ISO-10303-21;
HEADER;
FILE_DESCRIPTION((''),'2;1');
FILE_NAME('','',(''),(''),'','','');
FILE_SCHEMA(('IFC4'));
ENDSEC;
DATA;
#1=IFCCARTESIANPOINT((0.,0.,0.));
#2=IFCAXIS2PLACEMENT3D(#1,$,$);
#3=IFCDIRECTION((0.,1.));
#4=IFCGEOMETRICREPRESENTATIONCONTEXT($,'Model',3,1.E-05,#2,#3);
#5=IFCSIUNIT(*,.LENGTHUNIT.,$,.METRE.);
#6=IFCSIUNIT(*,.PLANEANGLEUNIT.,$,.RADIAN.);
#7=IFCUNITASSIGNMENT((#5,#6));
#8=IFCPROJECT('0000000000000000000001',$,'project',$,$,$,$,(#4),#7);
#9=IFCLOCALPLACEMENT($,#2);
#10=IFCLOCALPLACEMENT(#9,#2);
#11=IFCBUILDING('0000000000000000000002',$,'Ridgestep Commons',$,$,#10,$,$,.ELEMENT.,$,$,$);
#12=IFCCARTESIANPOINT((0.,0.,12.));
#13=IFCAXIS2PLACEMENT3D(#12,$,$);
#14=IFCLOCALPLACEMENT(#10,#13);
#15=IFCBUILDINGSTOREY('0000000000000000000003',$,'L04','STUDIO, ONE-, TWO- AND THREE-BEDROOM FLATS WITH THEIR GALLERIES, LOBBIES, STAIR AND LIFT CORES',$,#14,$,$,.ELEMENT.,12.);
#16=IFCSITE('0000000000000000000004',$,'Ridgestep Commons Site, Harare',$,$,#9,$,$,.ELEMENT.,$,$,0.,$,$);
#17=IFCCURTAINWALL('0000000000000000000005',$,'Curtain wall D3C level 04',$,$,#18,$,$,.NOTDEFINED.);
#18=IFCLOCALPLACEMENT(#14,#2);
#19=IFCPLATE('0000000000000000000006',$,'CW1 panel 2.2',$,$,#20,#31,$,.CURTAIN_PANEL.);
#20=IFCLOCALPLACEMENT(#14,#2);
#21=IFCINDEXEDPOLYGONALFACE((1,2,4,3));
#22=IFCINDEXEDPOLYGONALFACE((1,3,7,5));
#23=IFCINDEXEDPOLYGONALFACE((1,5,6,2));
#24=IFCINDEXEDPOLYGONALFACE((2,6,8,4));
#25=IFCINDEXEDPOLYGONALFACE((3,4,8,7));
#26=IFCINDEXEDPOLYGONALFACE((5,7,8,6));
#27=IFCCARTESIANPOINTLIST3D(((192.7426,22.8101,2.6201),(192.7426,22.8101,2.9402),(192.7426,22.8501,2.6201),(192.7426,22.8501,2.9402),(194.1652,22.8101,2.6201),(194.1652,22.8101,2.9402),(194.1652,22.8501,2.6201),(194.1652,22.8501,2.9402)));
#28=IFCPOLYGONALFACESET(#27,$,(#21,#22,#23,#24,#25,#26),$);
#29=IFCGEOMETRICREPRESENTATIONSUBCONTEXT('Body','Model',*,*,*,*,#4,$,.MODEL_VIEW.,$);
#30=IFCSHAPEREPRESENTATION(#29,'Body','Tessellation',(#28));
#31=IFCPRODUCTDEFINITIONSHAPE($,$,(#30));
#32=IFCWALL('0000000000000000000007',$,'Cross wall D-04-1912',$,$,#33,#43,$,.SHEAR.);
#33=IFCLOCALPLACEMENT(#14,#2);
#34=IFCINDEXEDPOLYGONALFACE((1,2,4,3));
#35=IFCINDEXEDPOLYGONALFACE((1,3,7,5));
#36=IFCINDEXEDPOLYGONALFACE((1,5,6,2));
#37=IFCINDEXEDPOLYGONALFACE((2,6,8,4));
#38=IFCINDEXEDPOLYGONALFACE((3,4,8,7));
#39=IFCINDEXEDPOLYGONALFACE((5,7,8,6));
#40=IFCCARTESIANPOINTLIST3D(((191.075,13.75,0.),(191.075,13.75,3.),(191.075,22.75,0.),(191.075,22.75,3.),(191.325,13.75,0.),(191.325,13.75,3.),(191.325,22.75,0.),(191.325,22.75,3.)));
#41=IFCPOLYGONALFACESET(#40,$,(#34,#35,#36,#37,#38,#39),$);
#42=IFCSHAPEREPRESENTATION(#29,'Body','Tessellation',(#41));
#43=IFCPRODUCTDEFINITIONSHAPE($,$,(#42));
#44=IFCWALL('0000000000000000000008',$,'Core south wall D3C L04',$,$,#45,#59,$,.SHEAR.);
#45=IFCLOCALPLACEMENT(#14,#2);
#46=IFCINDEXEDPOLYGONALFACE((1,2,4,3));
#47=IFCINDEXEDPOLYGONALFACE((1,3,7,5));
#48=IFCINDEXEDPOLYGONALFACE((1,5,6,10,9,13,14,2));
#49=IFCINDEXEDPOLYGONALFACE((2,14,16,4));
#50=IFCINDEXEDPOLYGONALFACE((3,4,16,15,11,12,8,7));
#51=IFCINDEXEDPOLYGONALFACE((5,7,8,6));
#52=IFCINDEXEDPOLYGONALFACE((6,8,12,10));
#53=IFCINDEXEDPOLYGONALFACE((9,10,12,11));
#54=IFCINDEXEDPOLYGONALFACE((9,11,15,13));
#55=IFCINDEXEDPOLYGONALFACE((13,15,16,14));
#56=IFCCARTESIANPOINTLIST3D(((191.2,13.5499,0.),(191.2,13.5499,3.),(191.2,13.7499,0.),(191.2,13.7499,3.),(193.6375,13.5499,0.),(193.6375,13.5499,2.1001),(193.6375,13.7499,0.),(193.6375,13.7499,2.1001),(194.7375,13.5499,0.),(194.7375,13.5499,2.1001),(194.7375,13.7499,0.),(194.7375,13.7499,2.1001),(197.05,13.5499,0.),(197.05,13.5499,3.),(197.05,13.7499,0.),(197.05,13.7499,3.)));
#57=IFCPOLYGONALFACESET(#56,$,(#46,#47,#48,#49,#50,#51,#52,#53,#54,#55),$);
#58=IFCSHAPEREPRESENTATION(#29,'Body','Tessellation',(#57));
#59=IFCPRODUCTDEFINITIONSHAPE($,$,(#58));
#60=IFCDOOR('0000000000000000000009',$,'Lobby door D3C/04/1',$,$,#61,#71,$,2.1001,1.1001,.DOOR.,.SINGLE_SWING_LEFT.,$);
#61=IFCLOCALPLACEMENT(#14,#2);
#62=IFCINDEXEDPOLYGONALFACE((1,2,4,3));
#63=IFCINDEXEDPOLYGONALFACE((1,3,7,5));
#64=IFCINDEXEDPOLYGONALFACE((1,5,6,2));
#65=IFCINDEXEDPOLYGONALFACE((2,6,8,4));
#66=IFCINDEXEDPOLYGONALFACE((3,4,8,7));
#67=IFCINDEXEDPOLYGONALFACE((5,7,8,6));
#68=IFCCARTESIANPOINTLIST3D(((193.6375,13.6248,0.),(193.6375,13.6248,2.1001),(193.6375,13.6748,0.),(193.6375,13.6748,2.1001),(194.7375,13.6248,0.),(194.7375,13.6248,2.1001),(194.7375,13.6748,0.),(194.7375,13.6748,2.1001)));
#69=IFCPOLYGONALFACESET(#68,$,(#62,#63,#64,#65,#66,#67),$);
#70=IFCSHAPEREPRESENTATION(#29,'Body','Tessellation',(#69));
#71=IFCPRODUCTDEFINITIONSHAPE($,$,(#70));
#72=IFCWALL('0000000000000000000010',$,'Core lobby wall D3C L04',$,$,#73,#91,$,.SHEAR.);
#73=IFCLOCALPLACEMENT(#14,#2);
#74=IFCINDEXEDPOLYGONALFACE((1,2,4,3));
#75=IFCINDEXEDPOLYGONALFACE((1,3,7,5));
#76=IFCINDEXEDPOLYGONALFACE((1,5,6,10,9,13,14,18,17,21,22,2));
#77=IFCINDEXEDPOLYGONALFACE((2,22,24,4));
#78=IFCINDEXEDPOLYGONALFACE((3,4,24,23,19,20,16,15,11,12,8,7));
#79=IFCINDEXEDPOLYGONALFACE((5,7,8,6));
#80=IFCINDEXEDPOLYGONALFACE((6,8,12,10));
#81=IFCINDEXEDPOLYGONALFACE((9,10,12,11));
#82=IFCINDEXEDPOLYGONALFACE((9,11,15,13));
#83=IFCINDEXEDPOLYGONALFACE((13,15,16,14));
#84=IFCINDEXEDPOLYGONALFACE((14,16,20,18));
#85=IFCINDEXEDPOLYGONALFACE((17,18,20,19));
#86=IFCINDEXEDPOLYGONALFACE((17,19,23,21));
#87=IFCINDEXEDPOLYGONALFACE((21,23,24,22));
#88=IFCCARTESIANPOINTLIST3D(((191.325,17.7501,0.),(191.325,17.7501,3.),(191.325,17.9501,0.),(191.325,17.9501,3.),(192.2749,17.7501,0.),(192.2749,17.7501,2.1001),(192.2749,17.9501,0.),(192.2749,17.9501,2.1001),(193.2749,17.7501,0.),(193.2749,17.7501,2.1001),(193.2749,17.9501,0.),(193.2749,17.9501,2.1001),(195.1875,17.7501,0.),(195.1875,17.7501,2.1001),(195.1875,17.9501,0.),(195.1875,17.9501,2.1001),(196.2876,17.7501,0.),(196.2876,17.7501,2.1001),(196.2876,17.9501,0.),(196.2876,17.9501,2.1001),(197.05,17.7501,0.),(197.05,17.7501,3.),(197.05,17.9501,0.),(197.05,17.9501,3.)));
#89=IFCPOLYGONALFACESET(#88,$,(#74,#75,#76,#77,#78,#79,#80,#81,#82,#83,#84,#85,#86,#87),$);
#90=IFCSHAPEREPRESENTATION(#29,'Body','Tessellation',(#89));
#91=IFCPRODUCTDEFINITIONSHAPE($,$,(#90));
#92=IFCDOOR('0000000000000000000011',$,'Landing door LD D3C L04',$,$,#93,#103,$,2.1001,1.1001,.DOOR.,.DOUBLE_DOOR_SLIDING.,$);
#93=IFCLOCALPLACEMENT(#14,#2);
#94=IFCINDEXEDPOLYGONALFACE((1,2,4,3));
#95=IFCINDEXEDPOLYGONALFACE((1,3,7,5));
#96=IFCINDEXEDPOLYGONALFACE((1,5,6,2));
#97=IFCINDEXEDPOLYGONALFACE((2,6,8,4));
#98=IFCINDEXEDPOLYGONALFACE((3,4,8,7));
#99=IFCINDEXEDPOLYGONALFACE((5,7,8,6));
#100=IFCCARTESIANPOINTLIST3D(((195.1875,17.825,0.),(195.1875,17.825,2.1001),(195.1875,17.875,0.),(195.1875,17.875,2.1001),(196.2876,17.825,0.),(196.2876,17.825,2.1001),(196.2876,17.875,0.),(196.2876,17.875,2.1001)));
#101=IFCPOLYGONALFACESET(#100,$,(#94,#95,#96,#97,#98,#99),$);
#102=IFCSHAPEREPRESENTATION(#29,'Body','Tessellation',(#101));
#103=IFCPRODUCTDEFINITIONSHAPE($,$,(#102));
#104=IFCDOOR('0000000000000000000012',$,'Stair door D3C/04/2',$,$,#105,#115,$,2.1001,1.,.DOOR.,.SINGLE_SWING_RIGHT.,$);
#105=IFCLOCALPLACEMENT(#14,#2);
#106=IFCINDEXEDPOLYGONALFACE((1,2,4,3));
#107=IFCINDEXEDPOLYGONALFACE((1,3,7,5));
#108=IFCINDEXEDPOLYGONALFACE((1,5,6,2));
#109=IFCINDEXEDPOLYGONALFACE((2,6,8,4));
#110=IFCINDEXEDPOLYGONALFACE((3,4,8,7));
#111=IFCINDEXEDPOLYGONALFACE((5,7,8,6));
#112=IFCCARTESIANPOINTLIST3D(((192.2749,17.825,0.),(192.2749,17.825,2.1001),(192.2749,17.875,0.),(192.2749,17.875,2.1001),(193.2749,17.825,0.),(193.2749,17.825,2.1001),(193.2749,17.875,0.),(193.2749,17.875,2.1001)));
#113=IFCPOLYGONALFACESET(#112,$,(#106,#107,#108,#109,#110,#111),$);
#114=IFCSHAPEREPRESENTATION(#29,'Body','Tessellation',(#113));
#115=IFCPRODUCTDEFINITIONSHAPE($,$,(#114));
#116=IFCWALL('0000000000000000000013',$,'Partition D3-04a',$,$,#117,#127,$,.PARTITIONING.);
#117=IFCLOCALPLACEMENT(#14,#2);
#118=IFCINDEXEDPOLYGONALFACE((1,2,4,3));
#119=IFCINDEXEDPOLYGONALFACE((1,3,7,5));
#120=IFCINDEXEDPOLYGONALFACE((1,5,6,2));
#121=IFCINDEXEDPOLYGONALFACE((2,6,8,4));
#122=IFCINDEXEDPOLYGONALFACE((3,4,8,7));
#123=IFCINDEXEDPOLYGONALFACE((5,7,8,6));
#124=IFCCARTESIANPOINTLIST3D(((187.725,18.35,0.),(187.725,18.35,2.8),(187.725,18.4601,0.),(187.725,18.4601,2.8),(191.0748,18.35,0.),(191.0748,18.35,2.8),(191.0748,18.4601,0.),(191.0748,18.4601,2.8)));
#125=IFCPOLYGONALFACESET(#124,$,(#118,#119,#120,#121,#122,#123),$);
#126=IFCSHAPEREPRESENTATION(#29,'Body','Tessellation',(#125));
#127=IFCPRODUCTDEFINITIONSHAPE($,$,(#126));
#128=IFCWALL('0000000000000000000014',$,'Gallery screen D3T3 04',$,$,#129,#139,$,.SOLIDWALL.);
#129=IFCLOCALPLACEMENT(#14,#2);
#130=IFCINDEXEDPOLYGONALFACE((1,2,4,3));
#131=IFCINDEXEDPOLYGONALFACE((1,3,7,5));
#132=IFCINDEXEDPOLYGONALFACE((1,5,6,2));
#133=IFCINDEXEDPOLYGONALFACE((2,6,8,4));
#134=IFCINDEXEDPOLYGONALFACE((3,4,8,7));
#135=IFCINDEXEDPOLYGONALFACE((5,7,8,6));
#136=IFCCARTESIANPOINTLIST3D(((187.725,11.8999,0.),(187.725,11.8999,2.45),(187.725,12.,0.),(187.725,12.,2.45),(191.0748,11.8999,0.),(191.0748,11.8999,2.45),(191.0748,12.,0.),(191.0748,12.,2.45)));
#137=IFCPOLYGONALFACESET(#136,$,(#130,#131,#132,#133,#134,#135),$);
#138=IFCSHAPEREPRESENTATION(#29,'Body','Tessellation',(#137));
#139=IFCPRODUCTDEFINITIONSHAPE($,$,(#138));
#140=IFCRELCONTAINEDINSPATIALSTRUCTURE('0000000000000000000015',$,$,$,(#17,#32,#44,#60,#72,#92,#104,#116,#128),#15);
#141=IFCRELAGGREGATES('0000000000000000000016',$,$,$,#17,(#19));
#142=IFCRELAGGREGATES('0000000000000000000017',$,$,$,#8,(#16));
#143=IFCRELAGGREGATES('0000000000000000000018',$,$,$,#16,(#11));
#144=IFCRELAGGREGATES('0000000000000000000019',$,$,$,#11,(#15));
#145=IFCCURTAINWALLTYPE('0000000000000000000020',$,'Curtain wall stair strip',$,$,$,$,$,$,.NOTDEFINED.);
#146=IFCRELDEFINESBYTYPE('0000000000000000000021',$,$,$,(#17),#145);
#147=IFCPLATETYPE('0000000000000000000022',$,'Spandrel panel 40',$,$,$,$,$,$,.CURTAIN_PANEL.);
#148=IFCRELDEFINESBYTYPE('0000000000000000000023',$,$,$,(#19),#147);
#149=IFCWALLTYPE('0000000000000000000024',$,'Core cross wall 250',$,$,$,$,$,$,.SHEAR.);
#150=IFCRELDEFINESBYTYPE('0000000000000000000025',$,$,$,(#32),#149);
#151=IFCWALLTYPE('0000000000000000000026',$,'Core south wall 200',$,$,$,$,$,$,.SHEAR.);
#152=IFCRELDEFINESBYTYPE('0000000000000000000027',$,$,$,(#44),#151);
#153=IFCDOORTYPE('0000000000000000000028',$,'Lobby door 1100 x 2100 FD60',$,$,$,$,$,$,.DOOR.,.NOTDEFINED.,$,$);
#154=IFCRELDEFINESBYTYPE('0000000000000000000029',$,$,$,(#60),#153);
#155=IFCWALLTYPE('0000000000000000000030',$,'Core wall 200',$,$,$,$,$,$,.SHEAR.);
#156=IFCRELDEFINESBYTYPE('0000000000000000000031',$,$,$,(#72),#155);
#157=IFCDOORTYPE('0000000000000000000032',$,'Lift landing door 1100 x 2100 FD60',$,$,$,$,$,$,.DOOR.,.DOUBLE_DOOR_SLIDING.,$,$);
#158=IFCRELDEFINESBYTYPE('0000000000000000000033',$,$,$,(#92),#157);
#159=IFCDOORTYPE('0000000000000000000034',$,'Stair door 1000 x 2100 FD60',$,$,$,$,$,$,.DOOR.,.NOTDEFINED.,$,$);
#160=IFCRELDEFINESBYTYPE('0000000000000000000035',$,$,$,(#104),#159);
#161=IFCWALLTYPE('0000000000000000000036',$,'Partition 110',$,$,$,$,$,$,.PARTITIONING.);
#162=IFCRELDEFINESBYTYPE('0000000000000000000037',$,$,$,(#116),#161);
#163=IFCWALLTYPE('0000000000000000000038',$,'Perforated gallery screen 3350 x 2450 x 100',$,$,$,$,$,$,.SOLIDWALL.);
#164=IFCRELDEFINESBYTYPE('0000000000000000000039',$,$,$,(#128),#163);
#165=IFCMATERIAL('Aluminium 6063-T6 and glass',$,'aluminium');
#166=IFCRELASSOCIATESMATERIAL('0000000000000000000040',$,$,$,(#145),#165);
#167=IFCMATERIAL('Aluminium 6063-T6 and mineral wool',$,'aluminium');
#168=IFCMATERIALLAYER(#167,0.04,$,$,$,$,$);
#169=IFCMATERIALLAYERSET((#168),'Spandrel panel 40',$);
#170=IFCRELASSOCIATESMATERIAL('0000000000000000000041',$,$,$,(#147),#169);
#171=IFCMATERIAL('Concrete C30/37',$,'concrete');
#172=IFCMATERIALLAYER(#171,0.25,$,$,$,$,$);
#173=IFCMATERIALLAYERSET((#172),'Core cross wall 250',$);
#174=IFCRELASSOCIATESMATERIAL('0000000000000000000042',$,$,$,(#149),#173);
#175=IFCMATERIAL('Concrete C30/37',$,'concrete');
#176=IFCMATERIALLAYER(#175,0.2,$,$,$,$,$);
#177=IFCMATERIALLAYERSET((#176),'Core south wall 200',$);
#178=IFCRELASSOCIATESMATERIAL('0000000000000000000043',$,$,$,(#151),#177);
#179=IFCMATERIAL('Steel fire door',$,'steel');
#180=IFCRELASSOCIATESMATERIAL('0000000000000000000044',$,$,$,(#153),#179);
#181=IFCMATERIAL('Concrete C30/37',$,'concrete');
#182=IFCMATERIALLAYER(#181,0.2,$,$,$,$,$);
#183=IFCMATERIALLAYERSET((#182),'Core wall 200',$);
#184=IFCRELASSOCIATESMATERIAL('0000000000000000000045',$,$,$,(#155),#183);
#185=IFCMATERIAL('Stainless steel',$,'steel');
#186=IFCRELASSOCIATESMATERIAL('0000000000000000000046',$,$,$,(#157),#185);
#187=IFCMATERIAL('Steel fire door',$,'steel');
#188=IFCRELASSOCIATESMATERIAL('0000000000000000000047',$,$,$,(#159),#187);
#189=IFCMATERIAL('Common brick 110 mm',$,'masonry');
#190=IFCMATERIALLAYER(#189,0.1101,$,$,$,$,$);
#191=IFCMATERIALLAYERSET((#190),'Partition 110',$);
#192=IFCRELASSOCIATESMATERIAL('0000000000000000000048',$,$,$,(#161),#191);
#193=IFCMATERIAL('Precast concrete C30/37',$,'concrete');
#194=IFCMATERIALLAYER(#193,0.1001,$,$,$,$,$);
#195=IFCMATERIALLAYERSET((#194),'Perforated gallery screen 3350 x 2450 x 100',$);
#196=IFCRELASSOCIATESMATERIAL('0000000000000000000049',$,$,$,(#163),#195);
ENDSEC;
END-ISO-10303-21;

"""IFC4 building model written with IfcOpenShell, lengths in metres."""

from ifc_helpers import new_model, si_unit, direction, frame, frame_2d, origin, origin_2d, place, context, subcontext, project, spatial, rectangle, extrude, material, layer, layer_set, type_object, element, fill, aggregate, save


model = new_model("IFC4")

# Units and contexts
model_context = context("Model", 3, precision=1e-05, world=origin(), true_north=direction((0.0, 1.0)))
body_context = subcontext(model_context, "Body", "Model", "MODEL_VIEW")
ifc_project = project(units=[si_unit("LENGTHUNIT", "METRE"), si_unit("PLANEANGLEUNIT", "RADIAN")], contexts=[model_context])

# Site, building, storey
site_placement = place(None, origin())
site = spatial("IfcSite", under=ifc_project, at=site_placement, Name="Ridgestep Commons Site, Harare", CompositionType="ELEMENT", RefElevation=0.0)
building_placement = place(site_placement, origin())
building = spatial("IfcBuilding", under=site, at=building_placement, Name="Ridgestep Commons", CompositionType="ELEMENT")
storey_placement = place(building_placement, frame((0.0, 0.0, 12.0)))
storey = spatial("IfcBuildingStorey", under=building, at=storey_placement, Name="L04", Description="STUDIO, ONE-, TWO- AND THREE-BEDROOM FLATS WITH THEIR GALLERIES, LOBBIES, STAIR AND LIFT CORES", CompositionType="ELEMENT", Elevation=12.0)

# Curtain wall, plate
ifc_material_1 = material(Name="Aluminium 6063-T6 and glass", Category="aluminium")
curtain_wall_type = type_object("IfcCurtainWallType", Name="Curtain wall stair strip", PredefinedType="NOTDEFINED", material=ifc_material_1)
curtain_wall_placement = place(storey_placement, origin())
curtain_wall = element("IfcCurtainWall", 1, at=curtain_wall_placement, inside=storey, type_object=curtain_wall_type, Name="Curtain wall D3C level 04", PredefinedType="NOTDEFINED")
ifc_material_2 = material(Name="Aluminium 6063-T6 and mineral wool", Category="aluminium")
ifc_layer_1 = layer(ifc_material_2, 0.04)
ifc_layer_set_1 = layer_set([ifc_layer_1], Name="Spandrel panel 40")
plate_type_1 = type_object("IfcPlateType", Name="Spandrel panel 40", PredefinedType="CURTAIN_PANEL", material=ifc_layer_set_1)
plate_1_placement = place(storey_placement, frame((193.4539, 22.8301, 2.6201), z_axis=(0.0, 0.0, 1.0), x_axis=(1.0, 0.0, 0.0)))
plate_1 = element("IfcPlate", 2, at=plate_1_placement, type_object=plate_type_1, Name="CW1 panel 2.2", PredefinedType="CURTAIN_PANEL", context=body_context, shape_type="SweptSolid", body=[
    extrude(rectangle(XDim=1.4226, YDim=0.04, at=origin_2d()), origin(), (0.0, 0.0, 1.0), 0.3201),
])
aggregate(curtain_wall, [plate_1])

# Wall
ifc_material_3 = material(Name="Concrete C30/37", Category="concrete")
ifc_layer_2 = layer(ifc_material_3, 0.25)
ifc_layer_set_2 = layer_set([ifc_layer_2], Name="Core cross wall 250")
wall_type_1 = type_object("IfcWallType", Name="Core cross wall 250", PredefinedType="SHEAR", material=ifc_layer_set_2)
wall_1_placement = place(storey_placement, frame((191.2, 13.75, 0.0), z_axis=(0.0, 0.0, 1.0), x_axis=(0.0, 1.0, 0.0)))
element("IfcWall", 3, at=wall_1_placement, inside=storey, type_object=wall_type_1, Name="Cross wall D-04-1912", PredefinedType="SHEAR", context=body_context, shape_type="SweptSolid", body=[
    extrude(rectangle(XDim=9.0, YDim=0.25, at=frame_2d((4.5, 0.0))), origin(), (0.0, 0.0, 1.0), 3.0),
])

# Wall, opening, door
ifc_material_4 = material(Name="Concrete C30/37", Category="concrete")
ifc_layer_3 = layer(ifc_material_4, 0.2)
ifc_layer_set_3 = layer_set([ifc_layer_3], Name="Core south wall 200")
wall_type_2 = type_object("IfcWallType", Name="Core south wall 200", PredefinedType="SHEAR", material=ifc_layer_set_3)
wall_2_placement = place(storey_placement, frame((191.2, 13.6499, 0.0), z_axis=(0.0, 0.0, 1.0), x_axis=(1.0, 0.0, 0.0)))
wall_2 = element("IfcWall", 4, at=wall_2_placement, inside=storey, type_object=wall_type_2, Name="Core south wall D3C L04", PredefinedType="SHEAR", context=body_context, shape_type="SweptSolid", body=[
    extrude(rectangle(XDim=5.8501, YDim=0.2, at=frame_2d((2.925, 0.0))), origin(), (0.0, 0.0, 1.0), 3.0),
])
opening_1_placement = place(wall_2_placement, frame((2.4375, 0.0, 0.0)))
opening_1 = element("IfcOpeningElement", 5, at=opening_1_placement, cuts=wall_2, PredefinedType="OPENING", context=body_context, shape_type="SweptSolid", body=[
    extrude(rectangle(XDim=1.1001, YDim=2.1001, at=frame_2d((0.55, 1.05))), frame((0.0, 0.1099, 0.0), z_axis=(0.0, -1.0, 0.0), x_axis=(1.0, 0.0, 0.0)), (0.0, 0.0, 1.0), 0.22),
])
ifc_material_5 = material(Name="Steel fire door", Category="steel")
door_type_1 = type_object("IfcDoorType", Name="Lobby door 1100 x 2100 FD60", OperationType="NOTDEFINED", PredefinedType="DOOR", material=ifc_material_5)
door_1_placement = place(opening_1_placement, origin())
door_1 = element("IfcDoor", 6, at=door_1_placement, inside=storey, type_object=door_type_1, Name="Lobby door D3C/04/1", OperationType="SINGLE_SWING_LEFT", OverallHeight=2.1001, OverallWidth=1.1001, PredefinedType="DOOR", context=body_context, shape_type="SweptSolid", body=[
    extrude(rectangle(XDim=1.1001, YDim=2.1001, at=frame_2d((0.55, 1.05))), frame((0.0, 0.0249, 0.0), z_axis=(0.0, -1.0, 0.0), x_axis=(1.0, 0.0, 0.0)), (0.0, 0.0, 1.0), 0.05),
])
fill(opening_1, door_1)

# Wall, openings, doors
ifc_material_6 = material(Name="Concrete C30/37", Category="concrete")
ifc_layer_4 = layer(ifc_material_6, 0.2)
ifc_layer_set_4 = layer_set([ifc_layer_4], Name="Core wall 200")
wall_type_3 = type_object("IfcWallType", Name="Core wall 200", PredefinedType="SHEAR", material=ifc_layer_set_4)
wall_3_placement = place(storey_placement, frame((191.325, 17.8501, 0.0), z_axis=(0.0, 0.0, 1.0), x_axis=(1.0, 0.0, 0.0)))
wall_3 = element("IfcWall", 7, at=wall_3_placement, inside=storey, type_object=wall_type_3, Name="Core lobby wall D3C L04", PredefinedType="SHEAR", context=body_context, shape_type="SweptSolid", body=[
    extrude(rectangle(XDim=5.7251, YDim=0.2, at=frame_2d((2.8625, 0.0))), origin(), (0.0, 0.0, 1.0), 3.0),
])
opening_2_placement = place(wall_3_placement, frame((0.95, 0.0, 0.0)))
opening_2 = element("IfcOpeningElement", 8, at=opening_2_placement, cuts=wall_3, PredefinedType="OPENING", context=body_context, shape_type="SweptSolid", body=[
    extrude(rectangle(XDim=1.0, YDim=2.1001, at=frame_2d((0.5, 1.05))), frame((0.0, 0.1099, 0.0), z_axis=(0.0, -1.0, 0.0), x_axis=(1.0, 0.0, 0.0)), (0.0, 0.0, 1.0), 0.22),
])
opening_3_placement = place(wall_3_placement, frame((3.8625, 0.0, 0.0)))
opening_3 = element("IfcOpeningElement", 9, at=opening_3_placement, cuts=wall_3, PredefinedType="OPENING", context=body_context, shape_type="SweptSolid", body=[
    extrude(rectangle(XDim=1.1001, YDim=2.1001, at=frame_2d((0.55, 1.05))), frame((0.0, 0.1099, 0.0), z_axis=(0.0, -1.0, 0.0), x_axis=(1.0, 0.0, 0.0)), (0.0, 0.0, 1.0), 0.22),
])
ifc_material_7 = material(Name="Stainless steel", Category="steel")
door_type_2 = type_object("IfcDoorType", Name="Lift landing door 1100 x 2100 FD60", OperationType="DOUBLE_DOOR_SLIDING", PredefinedType="DOOR", material=ifc_material_7)
door_2_placement = place(opening_3_placement, origin())
door_2 = element("IfcDoor", 10, at=door_2_placement, inside=storey, type_object=door_type_2, Name="Landing door LD D3C L04", OperationType="DOUBLE_DOOR_SLIDING", OverallHeight=2.1001, OverallWidth=1.1001, PredefinedType="DOOR", context=body_context, shape_type="SweptSolid", body=[
    extrude(rectangle(XDim=1.1001, YDim=2.1001, at=frame_2d((0.55, 1.05))), frame((0.0, 0.0249, 0.0), z_axis=(0.0, -1.0, 0.0), x_axis=(1.0, 0.0, 0.0)), (0.0, 0.0, 1.0), 0.05),
])
fill(opening_3, door_2)
ifc_material_8 = material(Name="Steel fire door", Category="steel")
door_type_3 = type_object("IfcDoorType", Name="Stair door 1000 x 2100 FD60", OperationType="NOTDEFINED", PredefinedType="DOOR", material=ifc_material_8)
door_3_placement = place(opening_2_placement, origin())
door_3 = element("IfcDoor", 11, at=door_3_placement, inside=storey, type_object=door_type_3, Name="Stair door D3C/04/2", OperationType="SINGLE_SWING_RIGHT", OverallHeight=2.1001, OverallWidth=1.0, PredefinedType="DOOR", context=body_context, shape_type="SweptSolid", body=[
    extrude(rectangle(XDim=1.0, YDim=2.1001, at=frame_2d((0.5, 1.05))), frame((0.0, 0.0249, 0.0), z_axis=(0.0, -1.0, 0.0), x_axis=(1.0, 0.0, 0.0)), (0.0, 0.0, 1.0), 0.05),
])
fill(opening_2, door_3)

# Walls
ifc_material_9 = material(Name="Common brick 110 mm", Category="masonry")
ifc_layer_5 = layer(ifc_material_9, 0.1101)
ifc_layer_set_5 = layer_set([ifc_layer_5], Name="Partition 110")
wall_type_4 = type_object("IfcWallType", Name="Partition 110", PredefinedType="PARTITIONING", material=ifc_layer_set_5)
wall_4_placement = place(storey_placement, frame((187.7251, 18.405, 0.0), z_axis=(0.0, 0.0, 1.0), x_axis=(1.0, 0.0, 0.0)))
element("IfcWall", 12, at=wall_4_placement, inside=storey, type_object=wall_type_4, Name="Partition D3-04a", PredefinedType="PARTITIONING", context=body_context, shape_type="SweptSolid", body=[
    extrude(rectangle(XDim=3.3499, YDim=0.1101, at=frame_2d((1.6748, 0.0))), origin(), (0.0, 0.0, 1.0), 2.8),
])
ifc_material_10 = material(Name="Precast concrete C30/37", Category="concrete")
ifc_layer_6 = layer(ifc_material_10, 0.1001)
ifc_layer_set_6 = layer_set([ifc_layer_6], Name="Perforated gallery screen 3350 x 2450 x 100")
wall_type_5 = type_object("IfcWallType", Name="Perforated gallery screen 3350 x 2450 x 100", PredefinedType="SOLIDWALL", material=ifc_layer_set_6)
wall_5_placement = place(storey_placement, frame((187.7251, 11.95, 0.0), z_axis=(0.0, 0.0, 1.0), x_axis=(1.0, 0.0, 0.0)))
element("IfcWall", 13, at=wall_5_placement, inside=storey, type_object=wall_type_5, Name="Gallery screen D3T3 04", PredefinedType="SOLIDWALL", context=body_context, shape_type="SweptSolid", body=[
    extrude(rectangle(XDim=3.3499, YDim=0.1001, at=frame_2d((1.6748, 0.0))), origin(), (0.0, 0.0, 1.0), 2.45),
])

save(model, "model.ifc")
